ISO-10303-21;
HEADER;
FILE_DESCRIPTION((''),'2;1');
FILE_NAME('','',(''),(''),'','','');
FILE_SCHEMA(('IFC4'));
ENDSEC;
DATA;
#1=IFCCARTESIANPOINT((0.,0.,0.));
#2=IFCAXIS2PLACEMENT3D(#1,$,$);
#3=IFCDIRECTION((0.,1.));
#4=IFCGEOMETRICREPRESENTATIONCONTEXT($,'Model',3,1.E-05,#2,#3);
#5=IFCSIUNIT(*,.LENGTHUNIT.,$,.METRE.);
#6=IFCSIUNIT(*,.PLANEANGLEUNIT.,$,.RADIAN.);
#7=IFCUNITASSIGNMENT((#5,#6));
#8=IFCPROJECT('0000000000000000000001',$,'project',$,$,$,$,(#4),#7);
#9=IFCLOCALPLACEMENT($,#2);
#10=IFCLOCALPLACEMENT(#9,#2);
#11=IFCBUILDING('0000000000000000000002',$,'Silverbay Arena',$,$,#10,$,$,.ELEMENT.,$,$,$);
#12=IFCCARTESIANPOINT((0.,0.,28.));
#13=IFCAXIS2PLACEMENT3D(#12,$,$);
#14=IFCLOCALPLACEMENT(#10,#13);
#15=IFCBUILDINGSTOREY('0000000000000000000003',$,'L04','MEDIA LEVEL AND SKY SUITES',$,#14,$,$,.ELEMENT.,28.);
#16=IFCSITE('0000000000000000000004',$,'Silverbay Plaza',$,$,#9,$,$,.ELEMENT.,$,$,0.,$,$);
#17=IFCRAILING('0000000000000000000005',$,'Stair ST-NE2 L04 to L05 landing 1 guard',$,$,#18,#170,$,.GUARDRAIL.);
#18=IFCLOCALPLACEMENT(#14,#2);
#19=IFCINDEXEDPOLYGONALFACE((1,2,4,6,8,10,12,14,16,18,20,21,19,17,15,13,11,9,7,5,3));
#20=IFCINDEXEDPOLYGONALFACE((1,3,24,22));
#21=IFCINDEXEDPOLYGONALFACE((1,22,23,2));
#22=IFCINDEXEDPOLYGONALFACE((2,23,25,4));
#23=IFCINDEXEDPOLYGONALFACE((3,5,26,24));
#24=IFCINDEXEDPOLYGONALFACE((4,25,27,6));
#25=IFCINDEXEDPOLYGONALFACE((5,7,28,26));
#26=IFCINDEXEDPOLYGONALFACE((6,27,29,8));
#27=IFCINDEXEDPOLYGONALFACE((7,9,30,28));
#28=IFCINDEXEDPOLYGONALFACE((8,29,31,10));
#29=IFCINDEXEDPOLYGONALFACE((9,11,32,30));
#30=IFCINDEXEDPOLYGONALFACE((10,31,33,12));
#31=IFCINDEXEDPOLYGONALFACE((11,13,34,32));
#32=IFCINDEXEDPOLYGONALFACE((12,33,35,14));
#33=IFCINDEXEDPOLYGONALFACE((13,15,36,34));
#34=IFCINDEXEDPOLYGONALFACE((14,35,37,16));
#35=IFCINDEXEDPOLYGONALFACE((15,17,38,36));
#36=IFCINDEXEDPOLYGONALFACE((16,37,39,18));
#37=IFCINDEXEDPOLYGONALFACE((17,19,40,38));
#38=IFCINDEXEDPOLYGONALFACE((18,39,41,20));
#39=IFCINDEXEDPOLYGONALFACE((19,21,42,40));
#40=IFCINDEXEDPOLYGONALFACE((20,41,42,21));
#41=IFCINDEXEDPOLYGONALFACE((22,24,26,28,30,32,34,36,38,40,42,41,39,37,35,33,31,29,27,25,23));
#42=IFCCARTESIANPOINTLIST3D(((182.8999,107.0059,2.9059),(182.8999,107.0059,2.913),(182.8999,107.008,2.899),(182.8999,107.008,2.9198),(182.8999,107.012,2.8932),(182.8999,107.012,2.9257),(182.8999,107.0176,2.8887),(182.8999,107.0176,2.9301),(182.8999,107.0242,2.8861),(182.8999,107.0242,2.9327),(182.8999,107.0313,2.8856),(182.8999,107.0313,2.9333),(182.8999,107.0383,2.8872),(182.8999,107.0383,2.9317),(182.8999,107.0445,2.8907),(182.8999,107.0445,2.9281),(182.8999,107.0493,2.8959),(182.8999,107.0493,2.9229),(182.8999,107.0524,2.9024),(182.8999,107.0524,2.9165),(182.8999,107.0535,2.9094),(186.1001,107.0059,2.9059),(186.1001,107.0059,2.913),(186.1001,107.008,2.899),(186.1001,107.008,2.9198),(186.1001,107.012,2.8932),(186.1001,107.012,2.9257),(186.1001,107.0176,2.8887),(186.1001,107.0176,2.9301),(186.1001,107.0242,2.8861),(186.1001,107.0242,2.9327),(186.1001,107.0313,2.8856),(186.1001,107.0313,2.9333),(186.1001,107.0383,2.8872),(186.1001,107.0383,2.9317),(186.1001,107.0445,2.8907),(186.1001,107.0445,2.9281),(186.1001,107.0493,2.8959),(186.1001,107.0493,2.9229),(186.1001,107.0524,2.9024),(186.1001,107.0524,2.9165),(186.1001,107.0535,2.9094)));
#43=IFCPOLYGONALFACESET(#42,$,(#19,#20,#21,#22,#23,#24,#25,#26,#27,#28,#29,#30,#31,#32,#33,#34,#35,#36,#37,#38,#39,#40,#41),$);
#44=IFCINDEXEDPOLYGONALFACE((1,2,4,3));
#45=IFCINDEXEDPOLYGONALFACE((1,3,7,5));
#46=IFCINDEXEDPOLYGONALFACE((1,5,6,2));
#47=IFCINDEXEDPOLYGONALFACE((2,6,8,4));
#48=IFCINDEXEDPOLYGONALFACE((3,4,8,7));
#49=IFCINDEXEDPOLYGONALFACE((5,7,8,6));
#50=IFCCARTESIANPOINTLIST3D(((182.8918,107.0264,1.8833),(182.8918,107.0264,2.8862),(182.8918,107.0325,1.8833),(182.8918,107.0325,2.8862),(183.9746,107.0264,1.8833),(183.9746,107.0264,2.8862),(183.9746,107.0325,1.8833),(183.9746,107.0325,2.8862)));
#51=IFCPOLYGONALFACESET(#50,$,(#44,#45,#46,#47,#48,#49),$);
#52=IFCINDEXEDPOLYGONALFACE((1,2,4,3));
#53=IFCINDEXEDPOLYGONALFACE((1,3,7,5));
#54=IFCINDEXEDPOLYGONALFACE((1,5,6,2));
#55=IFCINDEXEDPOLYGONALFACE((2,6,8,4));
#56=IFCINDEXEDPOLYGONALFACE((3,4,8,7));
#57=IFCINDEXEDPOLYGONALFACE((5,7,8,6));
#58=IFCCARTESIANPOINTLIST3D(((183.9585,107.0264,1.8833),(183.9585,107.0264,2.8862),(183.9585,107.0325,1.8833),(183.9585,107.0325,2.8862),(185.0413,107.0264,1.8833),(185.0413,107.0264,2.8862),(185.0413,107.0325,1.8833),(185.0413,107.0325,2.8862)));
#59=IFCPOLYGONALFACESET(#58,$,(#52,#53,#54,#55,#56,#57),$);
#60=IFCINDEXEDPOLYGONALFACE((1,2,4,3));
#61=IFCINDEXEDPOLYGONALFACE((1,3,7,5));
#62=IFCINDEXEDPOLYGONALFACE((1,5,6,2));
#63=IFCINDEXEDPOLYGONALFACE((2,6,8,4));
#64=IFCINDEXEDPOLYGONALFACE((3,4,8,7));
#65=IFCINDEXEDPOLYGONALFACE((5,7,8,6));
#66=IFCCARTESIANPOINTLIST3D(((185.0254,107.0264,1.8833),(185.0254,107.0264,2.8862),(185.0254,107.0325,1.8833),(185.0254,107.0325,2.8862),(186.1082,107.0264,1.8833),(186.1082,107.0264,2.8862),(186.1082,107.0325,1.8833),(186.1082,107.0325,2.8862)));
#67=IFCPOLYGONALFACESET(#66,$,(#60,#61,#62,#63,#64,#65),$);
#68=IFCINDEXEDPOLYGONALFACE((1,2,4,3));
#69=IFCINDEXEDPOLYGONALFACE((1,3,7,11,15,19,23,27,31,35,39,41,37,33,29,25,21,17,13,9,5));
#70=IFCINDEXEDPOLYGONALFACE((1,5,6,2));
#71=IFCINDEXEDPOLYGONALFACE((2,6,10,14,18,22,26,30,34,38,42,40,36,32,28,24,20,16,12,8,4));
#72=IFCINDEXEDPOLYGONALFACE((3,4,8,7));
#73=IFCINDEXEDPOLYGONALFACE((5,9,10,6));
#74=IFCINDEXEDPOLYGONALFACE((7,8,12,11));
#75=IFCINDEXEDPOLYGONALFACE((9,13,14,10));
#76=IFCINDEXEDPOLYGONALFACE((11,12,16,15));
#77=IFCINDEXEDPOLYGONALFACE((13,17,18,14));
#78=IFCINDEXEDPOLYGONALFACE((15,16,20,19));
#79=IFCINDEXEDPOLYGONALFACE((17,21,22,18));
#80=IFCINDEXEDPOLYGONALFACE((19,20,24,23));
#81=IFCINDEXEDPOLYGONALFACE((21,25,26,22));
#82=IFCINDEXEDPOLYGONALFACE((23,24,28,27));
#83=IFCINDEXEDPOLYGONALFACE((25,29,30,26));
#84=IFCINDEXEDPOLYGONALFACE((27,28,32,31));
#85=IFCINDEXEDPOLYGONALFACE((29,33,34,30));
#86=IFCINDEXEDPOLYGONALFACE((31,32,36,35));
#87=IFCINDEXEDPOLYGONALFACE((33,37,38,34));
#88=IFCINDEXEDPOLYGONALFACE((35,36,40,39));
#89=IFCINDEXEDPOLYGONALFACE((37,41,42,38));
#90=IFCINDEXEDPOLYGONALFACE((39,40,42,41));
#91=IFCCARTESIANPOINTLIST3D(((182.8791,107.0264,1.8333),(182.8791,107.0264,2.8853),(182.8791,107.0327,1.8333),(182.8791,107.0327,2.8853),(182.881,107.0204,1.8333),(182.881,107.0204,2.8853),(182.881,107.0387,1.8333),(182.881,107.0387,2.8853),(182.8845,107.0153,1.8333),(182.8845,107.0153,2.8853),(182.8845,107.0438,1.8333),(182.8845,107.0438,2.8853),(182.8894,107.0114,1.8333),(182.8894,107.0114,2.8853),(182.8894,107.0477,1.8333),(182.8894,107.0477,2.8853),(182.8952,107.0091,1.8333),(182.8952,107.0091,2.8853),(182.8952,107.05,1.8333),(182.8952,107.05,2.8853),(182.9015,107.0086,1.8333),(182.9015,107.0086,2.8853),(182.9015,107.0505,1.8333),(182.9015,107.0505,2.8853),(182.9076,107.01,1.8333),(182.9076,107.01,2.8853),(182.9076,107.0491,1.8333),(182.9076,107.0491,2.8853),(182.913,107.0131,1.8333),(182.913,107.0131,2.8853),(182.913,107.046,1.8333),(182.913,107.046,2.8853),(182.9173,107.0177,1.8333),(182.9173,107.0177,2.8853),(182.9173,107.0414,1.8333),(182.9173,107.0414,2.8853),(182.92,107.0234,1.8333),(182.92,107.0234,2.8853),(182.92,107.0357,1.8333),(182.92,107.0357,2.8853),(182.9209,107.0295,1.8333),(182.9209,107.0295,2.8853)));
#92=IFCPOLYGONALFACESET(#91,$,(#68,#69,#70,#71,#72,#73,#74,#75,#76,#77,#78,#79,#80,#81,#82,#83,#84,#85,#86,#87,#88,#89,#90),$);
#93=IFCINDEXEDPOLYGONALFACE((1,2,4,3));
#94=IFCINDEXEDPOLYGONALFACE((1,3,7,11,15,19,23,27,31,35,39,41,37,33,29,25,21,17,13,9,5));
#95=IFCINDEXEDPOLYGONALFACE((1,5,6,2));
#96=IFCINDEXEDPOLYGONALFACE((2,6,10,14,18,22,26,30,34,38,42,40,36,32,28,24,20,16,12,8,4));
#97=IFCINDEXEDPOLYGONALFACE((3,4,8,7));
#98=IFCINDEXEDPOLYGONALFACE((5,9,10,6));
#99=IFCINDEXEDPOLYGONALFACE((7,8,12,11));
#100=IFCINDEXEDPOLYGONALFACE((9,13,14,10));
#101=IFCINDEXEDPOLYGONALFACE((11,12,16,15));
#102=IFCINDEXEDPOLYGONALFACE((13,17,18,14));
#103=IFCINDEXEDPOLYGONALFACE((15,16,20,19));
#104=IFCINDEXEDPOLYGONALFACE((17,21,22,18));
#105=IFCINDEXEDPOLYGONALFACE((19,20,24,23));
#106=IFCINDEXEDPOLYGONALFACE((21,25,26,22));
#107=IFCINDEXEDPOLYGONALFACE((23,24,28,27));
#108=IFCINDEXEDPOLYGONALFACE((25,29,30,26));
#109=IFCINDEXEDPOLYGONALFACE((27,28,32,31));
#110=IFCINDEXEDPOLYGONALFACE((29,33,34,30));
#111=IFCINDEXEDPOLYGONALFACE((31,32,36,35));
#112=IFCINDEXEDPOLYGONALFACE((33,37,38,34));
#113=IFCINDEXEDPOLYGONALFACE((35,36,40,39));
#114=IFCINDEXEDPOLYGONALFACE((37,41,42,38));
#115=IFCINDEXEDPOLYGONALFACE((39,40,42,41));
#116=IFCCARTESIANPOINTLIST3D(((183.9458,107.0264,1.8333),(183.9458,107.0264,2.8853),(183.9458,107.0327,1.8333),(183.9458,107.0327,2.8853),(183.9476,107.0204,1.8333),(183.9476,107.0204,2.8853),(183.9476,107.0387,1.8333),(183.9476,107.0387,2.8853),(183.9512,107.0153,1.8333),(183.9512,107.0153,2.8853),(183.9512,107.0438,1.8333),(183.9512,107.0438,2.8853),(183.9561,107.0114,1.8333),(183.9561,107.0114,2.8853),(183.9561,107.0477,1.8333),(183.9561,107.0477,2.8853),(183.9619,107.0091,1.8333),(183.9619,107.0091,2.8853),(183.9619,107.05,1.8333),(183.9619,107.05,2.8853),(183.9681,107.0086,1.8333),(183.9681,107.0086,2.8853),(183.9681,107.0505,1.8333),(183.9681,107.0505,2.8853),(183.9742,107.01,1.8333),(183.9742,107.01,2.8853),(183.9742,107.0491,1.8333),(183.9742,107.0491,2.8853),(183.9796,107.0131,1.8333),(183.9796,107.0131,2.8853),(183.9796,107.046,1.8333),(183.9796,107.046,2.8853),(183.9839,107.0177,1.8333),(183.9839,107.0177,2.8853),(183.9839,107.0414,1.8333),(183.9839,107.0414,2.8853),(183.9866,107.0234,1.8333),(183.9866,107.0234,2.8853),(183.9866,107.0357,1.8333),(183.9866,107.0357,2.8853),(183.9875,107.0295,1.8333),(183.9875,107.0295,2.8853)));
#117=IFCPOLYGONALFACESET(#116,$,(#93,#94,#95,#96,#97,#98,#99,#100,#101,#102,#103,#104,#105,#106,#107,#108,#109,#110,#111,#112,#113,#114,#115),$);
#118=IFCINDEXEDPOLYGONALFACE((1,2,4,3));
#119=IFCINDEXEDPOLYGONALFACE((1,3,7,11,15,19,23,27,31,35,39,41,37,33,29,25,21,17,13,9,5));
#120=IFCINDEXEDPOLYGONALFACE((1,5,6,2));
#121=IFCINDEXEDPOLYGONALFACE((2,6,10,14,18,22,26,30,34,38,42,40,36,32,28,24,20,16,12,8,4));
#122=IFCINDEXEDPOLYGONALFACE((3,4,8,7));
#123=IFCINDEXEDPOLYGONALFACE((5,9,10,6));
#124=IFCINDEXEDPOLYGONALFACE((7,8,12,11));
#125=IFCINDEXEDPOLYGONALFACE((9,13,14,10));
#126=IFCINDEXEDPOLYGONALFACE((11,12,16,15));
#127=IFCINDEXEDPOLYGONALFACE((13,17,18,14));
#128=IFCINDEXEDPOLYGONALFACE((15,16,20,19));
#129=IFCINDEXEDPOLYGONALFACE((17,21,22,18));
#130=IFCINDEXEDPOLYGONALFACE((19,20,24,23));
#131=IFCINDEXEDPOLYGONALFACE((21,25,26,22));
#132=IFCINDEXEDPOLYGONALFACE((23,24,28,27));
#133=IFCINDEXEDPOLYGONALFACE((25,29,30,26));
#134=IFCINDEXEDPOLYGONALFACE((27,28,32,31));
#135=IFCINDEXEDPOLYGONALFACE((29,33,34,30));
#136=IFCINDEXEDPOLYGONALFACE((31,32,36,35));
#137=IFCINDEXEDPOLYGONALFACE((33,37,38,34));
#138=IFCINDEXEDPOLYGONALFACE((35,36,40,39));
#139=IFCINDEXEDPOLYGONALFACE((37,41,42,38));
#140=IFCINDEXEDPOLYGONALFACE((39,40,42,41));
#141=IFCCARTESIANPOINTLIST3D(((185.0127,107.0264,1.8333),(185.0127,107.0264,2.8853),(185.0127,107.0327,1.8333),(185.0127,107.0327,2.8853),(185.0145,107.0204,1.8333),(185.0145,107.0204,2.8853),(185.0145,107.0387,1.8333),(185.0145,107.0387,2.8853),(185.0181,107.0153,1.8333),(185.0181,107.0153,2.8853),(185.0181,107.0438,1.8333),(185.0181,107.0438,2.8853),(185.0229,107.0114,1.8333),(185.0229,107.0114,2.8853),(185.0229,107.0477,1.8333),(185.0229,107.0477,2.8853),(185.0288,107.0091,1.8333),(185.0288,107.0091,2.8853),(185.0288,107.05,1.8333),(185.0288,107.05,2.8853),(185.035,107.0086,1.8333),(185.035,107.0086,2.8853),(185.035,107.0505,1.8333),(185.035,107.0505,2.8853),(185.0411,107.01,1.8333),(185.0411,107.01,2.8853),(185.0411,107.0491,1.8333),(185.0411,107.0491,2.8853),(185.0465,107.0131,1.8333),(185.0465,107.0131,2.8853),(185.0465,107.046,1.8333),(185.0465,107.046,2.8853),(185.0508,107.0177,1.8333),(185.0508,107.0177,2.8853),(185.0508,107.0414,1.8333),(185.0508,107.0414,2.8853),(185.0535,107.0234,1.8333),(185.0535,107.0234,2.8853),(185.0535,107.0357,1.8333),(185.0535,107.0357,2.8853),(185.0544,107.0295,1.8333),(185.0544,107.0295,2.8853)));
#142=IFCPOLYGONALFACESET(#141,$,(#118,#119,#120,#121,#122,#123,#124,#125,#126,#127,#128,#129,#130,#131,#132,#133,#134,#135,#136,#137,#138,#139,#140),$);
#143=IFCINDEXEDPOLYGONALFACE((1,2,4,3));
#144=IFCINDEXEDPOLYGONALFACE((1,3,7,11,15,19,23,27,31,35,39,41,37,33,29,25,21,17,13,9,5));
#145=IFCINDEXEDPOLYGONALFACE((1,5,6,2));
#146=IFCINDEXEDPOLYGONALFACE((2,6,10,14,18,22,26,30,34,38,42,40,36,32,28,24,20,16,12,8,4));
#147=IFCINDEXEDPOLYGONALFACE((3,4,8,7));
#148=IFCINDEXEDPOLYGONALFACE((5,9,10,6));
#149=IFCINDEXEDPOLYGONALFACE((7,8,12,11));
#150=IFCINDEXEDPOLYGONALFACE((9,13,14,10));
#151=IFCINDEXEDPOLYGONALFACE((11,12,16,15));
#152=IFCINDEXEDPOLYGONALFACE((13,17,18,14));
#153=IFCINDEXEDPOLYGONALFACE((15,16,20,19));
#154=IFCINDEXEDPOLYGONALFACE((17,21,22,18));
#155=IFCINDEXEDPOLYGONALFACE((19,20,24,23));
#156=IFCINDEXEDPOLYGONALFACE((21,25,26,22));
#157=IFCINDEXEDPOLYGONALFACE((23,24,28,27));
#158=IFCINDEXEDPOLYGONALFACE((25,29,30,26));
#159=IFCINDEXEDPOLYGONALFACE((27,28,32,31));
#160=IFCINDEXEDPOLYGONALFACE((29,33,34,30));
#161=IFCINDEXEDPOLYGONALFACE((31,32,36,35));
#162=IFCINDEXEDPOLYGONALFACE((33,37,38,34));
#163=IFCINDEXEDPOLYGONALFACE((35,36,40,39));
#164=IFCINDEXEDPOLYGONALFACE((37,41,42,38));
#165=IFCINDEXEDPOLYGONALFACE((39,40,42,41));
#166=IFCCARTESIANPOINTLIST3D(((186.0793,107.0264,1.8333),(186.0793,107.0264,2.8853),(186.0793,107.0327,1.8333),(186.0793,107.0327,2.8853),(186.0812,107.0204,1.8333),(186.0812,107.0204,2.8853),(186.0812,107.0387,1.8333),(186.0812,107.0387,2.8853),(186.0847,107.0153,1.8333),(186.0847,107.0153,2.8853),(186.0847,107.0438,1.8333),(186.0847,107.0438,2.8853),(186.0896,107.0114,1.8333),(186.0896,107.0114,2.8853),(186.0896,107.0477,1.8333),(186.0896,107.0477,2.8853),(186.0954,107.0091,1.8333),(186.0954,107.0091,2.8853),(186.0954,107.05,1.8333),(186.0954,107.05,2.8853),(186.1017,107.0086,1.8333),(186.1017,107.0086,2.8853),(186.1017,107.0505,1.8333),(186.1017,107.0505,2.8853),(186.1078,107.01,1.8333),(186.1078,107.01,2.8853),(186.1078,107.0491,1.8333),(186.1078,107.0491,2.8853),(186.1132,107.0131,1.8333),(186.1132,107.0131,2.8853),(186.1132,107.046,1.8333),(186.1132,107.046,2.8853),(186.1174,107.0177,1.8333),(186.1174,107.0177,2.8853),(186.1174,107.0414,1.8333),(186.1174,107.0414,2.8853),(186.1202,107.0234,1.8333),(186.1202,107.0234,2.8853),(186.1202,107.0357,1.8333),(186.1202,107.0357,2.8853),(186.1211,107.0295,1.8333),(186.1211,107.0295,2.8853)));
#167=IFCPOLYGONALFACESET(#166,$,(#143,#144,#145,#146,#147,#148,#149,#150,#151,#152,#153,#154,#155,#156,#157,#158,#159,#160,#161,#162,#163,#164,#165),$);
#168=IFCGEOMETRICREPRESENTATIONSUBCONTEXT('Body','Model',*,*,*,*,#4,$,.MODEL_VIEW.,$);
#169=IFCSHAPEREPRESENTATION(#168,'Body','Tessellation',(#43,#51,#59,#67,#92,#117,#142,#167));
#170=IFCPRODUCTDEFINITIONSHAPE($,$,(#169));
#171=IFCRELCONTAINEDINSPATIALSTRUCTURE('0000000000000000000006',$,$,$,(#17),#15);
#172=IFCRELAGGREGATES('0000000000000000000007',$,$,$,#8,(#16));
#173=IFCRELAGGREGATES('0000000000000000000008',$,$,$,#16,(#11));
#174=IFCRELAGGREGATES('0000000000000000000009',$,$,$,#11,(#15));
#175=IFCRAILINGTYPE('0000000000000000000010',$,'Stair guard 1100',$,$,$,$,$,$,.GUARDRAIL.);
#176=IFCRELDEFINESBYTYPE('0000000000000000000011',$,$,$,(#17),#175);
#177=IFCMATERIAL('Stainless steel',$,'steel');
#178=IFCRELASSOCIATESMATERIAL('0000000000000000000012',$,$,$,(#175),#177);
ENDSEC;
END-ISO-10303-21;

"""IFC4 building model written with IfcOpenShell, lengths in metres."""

from ifc_helpers import new_model, si_unit, direction, frame, origin, origin_2d, place, context, subcontext, project, spatial, polyline, circle, outline, extrude, material, type_object, element, save


model = new_model("IFC4")

# Units and contexts
model_context = context("Model", 3, precision=1e-05, world=origin(), true_north=direction((0.0, 1.0)))
body_context = subcontext(model_context, "Body", "Model", "MODEL_VIEW")
ifc_project = project(units=[si_unit("LENGTHUNIT", "METRE"), si_unit("PLANEANGLEUNIT", "RADIAN")], contexts=[model_context])

# Site, building, storey
site_placement = place(None, origin())
site = spatial("IfcSite", under=ifc_project, at=site_placement, Name="Silverbay Plaza", CompositionType="ELEMENT", RefElevation=0.0)
building_placement = place(site_placement, origin())
building = spatial("IfcBuilding", under=site, at=building_placement, Name="Silverbay Arena", CompositionType="ELEMENT")
storey_placement = place(building_placement, frame((0.0, 0.0, 28.0)))
storey = spatial("IfcBuildingStorey", under=building, at=storey_placement, Name="L04", Description="MEDIA LEVEL AND SKY SUITES", CompositionType="ELEMENT", Elevation=28.0)

# Railing
ifc_material_1 = material(Name="Stainless steel", Category="steel")
railing_type_1 = type_object("IfcRailingType", Name="Stair guard 1100", PredefinedType="GUARDRAIL", material=ifc_material_1)
for number, where, name in (
    (1, (182.8999, 107.0295, 1.8333), "Stair ST-NE2 L04 to L05 landing 1 guard"),
):
    element("IfcRailing", number, at=place(storey_placement, frame(where)), inside=storey, type_object=railing_type_1, Name=name, PredefinedType="GUARDRAIL", context=body_context, shape_type="SweptSolid", body=[
        extrude(circle(Radius=0.0239, at=origin_2d()), frame((0.0, 0.0, 1.0762), z_axis=(1.0, 0.0, 0.0), x_axis=(0.0, 1.0, 0.0)), (0.0, 0.0, 1.0), 3.2002),
        extrude(outline(polyline([(-0.0081, 0.05), (1.0747, 0.05), (1.0747, 1.053), (-0.0081, 1.053), (-0.0081, 0.05)])), frame((0.0, 0.0029, 0.0), z_axis=(0.0, -1.0, 0.0), x_axis=(1.0, 0.0, 0.0)), (0.0, 0.0, 1.0), 0.0061),
        extrude(outline(polyline([(-0.0081, 0.05), (1.0747, 0.05), (1.0747, 1.053), (-0.0081, 1.053), (-0.0081, 0.05)])), frame((1.0667, 0.0029, 0.0), z_axis=(0.0, -1.0, 0.0), x_axis=(1.0, 0.0, 0.0)), (0.0, 0.0, 1.0), 0.0061),
        extrude(outline(polyline([(-0.0081, 0.05), (1.0747, 0.05), (1.0747, 1.053), (-0.0081, 1.053), (-0.0081, 0.05)])), frame((2.1335, 0.0029, 0.0), z_axis=(0.0, -1.0, 0.0), x_axis=(1.0, 0.0, 0.0)), (0.0, 0.0, 1.0), 0.0061),
        extrude(circle(Radius=0.021, at=origin_2d()), origin(), (0.0, 0.0, 1.0), 1.052),
        extrude(circle(Radius=0.021, at=origin_2d()), frame((1.0667, 0.0, 0.0)), (0.0, 0.0, 1.0), 1.052),
        extrude(circle(Radius=0.021, at=origin_2d()), frame((2.1335, 0.0, 0.0)), (0.0, 0.0, 1.0), 1.052),
        extrude(circle(Radius=0.021, at=origin_2d()), frame((3.2002, 0.0, 0.0)), (0.0, 0.0, 1.0), 1.052),
    ])

save(model, "model.ifc")
